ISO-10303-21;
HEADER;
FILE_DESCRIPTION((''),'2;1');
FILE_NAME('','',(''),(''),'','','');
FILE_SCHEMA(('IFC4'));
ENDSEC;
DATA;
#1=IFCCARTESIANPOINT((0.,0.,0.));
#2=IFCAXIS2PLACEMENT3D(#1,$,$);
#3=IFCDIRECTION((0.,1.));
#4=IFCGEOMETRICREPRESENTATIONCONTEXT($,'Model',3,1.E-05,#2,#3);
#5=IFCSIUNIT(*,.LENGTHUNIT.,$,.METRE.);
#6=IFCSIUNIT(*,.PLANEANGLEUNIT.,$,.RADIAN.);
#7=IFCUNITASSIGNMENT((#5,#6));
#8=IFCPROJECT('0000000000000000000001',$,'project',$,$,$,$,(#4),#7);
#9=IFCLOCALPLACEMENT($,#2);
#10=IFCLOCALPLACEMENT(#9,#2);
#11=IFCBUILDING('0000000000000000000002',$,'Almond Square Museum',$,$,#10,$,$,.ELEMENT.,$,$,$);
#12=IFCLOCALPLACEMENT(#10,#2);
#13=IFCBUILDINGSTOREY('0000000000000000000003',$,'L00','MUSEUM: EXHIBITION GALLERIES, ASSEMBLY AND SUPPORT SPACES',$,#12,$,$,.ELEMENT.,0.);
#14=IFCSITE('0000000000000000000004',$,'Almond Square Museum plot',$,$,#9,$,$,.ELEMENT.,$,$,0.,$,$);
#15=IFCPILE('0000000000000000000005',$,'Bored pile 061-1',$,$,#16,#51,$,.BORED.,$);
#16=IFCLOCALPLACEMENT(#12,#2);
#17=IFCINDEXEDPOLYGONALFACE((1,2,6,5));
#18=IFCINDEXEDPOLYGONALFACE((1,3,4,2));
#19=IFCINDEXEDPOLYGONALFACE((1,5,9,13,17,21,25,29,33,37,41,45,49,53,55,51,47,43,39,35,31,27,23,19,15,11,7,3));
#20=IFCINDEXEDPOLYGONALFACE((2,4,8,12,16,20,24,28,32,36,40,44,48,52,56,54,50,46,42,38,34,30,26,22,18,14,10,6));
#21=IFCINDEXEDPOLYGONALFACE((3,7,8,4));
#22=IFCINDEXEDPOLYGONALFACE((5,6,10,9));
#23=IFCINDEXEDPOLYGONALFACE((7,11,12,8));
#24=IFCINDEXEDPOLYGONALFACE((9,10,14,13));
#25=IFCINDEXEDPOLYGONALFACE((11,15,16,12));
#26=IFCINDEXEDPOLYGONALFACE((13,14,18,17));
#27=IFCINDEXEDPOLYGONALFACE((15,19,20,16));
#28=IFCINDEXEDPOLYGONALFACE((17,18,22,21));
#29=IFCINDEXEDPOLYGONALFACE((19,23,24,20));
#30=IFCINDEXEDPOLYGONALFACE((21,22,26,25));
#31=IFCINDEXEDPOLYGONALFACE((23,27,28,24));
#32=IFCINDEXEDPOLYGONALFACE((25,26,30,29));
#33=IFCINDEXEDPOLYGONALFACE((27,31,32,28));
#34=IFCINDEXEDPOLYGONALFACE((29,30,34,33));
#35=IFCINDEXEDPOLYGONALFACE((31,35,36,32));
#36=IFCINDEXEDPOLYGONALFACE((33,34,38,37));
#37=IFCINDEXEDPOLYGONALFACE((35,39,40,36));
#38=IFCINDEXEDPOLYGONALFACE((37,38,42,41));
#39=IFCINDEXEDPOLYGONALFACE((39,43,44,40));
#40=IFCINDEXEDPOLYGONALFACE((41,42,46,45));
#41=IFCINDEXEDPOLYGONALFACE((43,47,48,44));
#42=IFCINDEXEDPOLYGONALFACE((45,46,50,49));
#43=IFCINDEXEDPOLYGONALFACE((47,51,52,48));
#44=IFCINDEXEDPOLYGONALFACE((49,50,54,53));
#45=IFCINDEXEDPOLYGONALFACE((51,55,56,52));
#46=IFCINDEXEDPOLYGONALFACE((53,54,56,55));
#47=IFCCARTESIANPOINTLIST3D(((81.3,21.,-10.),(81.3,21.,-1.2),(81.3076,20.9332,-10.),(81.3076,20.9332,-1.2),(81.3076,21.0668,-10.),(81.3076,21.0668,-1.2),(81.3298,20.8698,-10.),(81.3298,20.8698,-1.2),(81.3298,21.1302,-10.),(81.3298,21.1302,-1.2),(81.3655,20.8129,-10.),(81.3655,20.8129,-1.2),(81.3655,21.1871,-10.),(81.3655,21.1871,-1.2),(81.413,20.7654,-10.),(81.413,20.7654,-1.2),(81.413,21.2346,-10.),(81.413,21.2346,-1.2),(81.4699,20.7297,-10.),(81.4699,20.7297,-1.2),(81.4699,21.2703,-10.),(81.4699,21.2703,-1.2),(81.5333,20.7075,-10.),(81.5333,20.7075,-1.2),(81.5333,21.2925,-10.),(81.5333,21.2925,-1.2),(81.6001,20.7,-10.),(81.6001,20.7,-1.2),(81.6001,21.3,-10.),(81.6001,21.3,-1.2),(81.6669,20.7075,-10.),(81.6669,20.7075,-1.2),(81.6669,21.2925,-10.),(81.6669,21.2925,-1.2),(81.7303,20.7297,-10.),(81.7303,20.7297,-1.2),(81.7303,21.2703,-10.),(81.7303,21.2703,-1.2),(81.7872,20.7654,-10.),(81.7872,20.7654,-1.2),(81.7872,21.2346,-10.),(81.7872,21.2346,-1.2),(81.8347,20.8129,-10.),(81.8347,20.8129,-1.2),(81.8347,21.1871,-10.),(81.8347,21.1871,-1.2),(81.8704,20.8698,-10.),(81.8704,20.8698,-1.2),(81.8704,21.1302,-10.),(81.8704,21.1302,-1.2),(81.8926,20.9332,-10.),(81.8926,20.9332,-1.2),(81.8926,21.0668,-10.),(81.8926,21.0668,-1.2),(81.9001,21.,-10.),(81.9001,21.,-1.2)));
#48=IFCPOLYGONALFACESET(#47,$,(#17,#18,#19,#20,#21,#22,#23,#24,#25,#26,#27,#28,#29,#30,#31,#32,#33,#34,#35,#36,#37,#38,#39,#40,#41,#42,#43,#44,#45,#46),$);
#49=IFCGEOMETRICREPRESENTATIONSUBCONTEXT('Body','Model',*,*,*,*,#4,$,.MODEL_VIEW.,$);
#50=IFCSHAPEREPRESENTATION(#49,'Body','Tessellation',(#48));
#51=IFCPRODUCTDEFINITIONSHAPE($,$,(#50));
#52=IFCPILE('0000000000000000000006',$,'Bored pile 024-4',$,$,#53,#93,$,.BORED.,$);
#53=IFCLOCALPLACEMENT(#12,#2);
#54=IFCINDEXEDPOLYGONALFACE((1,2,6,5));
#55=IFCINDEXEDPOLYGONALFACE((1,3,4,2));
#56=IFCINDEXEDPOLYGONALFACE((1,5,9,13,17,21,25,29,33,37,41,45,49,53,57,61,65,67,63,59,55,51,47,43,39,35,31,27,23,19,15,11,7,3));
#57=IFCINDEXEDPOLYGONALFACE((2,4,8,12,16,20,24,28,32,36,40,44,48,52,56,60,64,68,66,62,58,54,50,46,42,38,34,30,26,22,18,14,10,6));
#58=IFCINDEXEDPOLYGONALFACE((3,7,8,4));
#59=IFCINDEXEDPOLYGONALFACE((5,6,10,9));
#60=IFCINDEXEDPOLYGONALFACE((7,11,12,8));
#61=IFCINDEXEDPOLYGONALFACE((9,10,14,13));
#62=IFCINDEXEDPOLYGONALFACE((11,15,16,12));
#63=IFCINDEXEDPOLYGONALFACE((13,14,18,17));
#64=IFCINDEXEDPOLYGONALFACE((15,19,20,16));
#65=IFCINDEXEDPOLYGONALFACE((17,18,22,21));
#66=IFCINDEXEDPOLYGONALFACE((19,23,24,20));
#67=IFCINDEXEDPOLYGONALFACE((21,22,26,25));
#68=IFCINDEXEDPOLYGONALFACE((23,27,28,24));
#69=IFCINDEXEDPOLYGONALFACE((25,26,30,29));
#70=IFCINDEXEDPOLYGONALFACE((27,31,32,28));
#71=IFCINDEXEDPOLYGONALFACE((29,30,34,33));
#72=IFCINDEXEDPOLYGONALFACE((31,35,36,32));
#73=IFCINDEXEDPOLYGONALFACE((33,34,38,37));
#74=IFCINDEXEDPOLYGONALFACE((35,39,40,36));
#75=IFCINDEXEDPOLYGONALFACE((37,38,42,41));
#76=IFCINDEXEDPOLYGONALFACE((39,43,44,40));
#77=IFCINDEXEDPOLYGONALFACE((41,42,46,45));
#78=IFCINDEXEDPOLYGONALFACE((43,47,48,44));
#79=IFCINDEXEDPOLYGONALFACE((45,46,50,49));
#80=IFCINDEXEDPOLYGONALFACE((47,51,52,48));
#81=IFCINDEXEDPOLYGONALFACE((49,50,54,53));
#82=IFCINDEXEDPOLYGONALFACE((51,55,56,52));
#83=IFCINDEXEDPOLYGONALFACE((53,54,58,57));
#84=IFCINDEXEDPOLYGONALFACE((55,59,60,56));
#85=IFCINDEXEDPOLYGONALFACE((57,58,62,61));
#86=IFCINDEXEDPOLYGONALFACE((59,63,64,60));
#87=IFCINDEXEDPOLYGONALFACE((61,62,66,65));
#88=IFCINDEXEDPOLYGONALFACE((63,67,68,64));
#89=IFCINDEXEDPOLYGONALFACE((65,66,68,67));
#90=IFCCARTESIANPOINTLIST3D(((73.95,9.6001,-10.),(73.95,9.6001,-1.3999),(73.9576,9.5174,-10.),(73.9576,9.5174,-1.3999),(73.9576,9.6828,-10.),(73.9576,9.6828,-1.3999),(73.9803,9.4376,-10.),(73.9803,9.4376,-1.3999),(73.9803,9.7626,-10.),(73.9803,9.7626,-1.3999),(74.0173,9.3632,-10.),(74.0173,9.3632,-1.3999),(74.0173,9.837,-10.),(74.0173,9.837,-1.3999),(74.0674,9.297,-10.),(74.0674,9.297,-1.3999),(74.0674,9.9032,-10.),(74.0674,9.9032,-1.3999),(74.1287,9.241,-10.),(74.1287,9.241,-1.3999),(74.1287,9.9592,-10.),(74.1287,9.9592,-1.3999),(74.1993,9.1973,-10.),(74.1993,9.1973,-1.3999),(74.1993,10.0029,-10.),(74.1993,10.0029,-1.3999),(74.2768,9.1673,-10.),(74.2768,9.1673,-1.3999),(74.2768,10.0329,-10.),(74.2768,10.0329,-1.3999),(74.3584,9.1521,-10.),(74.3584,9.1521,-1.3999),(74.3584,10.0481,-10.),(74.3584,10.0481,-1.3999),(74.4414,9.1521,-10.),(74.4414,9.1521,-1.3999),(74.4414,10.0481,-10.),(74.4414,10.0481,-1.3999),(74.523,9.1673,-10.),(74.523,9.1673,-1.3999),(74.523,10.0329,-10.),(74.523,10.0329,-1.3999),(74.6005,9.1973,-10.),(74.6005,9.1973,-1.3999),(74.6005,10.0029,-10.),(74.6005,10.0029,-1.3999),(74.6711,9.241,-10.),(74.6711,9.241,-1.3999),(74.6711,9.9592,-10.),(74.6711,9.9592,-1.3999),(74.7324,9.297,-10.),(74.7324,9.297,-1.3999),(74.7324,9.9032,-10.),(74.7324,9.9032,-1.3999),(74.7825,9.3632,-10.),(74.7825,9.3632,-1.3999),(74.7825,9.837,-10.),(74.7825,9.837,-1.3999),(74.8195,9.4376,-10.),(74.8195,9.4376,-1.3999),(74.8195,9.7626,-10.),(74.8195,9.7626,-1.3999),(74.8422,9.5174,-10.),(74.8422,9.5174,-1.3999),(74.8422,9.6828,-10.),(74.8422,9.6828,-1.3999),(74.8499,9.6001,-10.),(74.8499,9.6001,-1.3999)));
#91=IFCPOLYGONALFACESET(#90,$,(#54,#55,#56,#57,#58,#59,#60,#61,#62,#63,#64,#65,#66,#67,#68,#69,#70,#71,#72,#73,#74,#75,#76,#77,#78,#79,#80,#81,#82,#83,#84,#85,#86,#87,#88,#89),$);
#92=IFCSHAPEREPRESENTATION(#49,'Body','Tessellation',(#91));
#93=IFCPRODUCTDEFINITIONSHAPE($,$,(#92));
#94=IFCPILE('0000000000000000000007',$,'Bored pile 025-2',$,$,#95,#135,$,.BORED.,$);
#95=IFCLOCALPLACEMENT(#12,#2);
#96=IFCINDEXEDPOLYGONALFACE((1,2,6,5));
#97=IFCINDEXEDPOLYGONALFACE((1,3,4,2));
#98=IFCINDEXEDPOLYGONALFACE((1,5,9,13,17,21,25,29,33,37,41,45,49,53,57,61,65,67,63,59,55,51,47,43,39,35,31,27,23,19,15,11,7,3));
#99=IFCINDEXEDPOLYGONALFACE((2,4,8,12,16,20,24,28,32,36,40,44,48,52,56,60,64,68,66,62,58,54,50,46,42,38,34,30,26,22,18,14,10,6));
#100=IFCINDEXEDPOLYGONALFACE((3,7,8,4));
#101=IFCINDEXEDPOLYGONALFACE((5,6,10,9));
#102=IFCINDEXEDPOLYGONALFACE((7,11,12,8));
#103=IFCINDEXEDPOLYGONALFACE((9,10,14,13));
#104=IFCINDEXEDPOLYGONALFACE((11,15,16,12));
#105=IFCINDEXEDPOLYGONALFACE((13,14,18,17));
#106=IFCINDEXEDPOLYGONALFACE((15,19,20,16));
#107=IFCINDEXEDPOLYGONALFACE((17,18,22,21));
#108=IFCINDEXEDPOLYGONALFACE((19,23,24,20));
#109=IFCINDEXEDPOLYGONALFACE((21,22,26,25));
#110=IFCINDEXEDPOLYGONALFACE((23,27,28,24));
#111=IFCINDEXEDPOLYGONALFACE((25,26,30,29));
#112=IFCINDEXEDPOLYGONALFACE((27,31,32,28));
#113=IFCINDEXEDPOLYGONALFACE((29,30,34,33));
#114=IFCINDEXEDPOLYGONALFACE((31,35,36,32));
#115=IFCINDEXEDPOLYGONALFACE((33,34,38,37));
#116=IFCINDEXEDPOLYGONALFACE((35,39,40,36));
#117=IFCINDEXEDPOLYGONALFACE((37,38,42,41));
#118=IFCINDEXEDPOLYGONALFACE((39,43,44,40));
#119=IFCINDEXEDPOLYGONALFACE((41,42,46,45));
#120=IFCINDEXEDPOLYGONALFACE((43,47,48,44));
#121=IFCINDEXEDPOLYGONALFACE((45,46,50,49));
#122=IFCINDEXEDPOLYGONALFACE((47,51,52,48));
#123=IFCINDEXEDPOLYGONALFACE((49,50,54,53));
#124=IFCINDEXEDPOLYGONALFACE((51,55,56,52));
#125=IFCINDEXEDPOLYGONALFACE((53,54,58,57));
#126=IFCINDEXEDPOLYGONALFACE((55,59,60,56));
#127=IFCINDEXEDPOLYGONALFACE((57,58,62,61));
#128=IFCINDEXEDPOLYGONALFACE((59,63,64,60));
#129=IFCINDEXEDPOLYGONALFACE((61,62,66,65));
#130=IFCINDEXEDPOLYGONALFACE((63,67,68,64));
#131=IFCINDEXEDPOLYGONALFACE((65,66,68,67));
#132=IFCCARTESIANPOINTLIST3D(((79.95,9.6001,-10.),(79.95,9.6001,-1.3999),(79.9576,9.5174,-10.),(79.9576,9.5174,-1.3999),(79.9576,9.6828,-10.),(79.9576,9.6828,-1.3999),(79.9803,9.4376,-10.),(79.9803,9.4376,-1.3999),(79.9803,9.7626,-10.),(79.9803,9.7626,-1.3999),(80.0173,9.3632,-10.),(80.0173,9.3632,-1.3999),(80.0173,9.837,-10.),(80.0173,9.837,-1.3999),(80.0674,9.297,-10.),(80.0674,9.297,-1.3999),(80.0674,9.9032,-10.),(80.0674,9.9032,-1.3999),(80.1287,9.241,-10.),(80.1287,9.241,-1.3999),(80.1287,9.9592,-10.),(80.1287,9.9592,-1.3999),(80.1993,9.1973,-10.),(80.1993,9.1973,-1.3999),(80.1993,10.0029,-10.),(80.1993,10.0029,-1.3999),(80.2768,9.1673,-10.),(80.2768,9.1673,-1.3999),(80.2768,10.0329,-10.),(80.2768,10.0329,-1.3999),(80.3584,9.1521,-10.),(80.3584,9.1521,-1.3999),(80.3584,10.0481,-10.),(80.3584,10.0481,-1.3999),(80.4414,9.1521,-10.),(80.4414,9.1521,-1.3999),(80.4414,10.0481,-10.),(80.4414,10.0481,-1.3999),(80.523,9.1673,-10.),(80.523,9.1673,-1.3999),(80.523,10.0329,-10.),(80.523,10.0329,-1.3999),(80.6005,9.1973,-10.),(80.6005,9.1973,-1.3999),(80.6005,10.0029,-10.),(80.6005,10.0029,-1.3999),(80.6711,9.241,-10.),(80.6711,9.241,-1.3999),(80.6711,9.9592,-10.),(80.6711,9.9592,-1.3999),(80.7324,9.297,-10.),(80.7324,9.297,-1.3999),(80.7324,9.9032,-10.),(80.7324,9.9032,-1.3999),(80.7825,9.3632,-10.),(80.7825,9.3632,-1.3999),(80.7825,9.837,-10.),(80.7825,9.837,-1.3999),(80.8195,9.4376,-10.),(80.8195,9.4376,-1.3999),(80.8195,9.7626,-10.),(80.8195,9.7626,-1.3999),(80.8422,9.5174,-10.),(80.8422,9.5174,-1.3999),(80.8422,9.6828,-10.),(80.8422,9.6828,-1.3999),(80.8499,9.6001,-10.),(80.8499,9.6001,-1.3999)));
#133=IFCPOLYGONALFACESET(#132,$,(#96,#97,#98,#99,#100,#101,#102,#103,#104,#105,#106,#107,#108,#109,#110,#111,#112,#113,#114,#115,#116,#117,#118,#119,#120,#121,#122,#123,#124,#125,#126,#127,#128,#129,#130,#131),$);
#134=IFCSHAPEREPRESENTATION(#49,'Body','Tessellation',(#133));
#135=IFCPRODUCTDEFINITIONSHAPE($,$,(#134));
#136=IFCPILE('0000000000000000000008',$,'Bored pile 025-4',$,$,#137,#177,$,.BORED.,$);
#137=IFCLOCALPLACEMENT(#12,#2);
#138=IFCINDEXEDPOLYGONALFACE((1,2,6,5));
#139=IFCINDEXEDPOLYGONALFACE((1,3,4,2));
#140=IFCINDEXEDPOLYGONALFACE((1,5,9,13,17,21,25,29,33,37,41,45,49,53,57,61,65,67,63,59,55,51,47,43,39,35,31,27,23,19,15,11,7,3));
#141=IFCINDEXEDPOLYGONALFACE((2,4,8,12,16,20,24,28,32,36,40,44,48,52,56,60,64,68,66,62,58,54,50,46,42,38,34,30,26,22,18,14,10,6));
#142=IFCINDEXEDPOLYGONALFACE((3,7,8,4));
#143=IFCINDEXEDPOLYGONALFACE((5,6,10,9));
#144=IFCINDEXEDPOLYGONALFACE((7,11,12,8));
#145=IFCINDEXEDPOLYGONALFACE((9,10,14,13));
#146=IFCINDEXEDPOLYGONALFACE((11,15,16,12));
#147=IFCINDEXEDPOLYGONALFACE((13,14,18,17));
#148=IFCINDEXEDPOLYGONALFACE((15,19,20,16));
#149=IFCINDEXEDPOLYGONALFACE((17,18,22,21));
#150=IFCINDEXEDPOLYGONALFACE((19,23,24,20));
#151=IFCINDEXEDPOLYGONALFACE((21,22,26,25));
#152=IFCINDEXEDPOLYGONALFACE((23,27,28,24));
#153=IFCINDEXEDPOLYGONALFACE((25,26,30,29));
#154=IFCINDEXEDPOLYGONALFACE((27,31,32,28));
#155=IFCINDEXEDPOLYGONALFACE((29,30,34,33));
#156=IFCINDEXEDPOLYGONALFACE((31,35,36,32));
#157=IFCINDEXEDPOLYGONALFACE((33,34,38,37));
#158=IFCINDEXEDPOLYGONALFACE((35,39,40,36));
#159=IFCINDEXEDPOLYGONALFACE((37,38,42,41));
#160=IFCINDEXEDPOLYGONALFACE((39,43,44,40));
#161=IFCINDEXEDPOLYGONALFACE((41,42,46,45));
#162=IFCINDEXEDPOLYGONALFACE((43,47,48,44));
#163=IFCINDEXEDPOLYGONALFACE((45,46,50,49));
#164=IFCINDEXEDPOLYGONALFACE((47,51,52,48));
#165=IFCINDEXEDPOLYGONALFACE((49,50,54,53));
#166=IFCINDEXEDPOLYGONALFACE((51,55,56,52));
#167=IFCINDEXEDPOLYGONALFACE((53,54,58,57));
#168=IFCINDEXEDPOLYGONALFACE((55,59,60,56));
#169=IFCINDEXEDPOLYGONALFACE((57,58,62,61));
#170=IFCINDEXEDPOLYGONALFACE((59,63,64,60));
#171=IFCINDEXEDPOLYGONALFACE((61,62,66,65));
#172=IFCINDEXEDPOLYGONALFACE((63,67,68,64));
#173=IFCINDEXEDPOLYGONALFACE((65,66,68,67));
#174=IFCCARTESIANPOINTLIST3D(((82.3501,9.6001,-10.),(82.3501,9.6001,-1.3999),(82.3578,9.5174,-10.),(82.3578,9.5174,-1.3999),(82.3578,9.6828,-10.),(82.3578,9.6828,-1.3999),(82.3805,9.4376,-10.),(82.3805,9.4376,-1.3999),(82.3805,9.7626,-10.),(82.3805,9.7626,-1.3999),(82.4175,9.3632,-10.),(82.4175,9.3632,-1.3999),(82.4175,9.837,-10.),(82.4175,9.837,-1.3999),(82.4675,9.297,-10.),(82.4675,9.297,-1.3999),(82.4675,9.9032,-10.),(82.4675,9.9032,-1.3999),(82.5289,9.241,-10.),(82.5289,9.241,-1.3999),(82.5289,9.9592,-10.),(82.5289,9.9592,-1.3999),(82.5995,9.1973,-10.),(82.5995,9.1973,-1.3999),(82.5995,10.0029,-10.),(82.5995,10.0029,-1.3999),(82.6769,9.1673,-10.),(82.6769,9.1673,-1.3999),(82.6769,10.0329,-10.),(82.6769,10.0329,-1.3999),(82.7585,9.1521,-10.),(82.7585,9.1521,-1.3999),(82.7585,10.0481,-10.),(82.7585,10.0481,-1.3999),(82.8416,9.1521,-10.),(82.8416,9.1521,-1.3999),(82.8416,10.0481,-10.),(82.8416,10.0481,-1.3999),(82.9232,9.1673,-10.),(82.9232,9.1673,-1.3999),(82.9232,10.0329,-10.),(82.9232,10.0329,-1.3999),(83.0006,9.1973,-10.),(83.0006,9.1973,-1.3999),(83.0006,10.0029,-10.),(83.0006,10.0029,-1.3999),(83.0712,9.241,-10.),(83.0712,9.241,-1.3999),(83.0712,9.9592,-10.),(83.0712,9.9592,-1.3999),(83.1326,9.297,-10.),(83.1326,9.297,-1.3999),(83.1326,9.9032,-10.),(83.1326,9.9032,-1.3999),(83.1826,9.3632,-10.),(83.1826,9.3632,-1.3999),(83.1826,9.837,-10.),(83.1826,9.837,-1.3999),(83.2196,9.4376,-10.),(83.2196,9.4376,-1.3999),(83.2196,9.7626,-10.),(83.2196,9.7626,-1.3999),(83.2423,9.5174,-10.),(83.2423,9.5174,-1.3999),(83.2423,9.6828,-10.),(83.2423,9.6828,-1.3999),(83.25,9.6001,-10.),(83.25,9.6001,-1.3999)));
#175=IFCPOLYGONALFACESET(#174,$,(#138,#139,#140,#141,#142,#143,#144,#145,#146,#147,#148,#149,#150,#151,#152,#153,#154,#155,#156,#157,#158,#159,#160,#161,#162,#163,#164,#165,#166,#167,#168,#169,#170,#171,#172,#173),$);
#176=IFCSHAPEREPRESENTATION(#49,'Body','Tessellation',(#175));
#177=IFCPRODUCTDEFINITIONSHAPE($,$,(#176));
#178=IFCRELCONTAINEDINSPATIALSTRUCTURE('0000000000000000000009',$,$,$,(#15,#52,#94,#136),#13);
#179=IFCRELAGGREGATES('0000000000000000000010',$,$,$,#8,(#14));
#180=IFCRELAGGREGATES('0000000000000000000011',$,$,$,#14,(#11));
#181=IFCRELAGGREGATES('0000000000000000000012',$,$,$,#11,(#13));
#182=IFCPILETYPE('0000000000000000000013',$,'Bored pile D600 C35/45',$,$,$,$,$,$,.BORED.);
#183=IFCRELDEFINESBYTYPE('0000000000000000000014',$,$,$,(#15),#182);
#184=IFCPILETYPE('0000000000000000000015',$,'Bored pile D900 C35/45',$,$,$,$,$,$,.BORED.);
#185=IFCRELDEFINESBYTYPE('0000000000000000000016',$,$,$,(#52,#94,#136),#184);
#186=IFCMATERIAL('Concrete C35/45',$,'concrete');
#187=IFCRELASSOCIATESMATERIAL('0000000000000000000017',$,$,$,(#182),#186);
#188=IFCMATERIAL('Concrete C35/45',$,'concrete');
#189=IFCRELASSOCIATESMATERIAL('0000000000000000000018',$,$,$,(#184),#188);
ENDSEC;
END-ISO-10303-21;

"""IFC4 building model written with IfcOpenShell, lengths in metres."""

from ifc_helpers import new_model, si_unit, direction, frame, origin, origin_2d, place, context, subcontext, project, spatial, circle, extrude, material, material_profile, profile_set, type_object, element, save


model = new_model("IFC4")

# Units and contexts
model_context = context("Model", 3, precision=1e-05, world=origin(), true_north=direction((0.0, 1.0)))
body_context = subcontext(model_context, "Body", "Model", "MODEL_VIEW")
ifc_project = project(units=[si_unit("LENGTHUNIT", "METRE"), si_unit("PLANEANGLEUNIT", "RADIAN")], contexts=[model_context])

# Site, building, storey
site_placement = place(None, origin())
site = spatial("IfcSite", under=ifc_project, at=site_placement, Name="Almond Square Museum plot", CompositionType="ELEMENT", RefElevation=0.0)
building_placement = place(site_placement, origin())
building = spatial("IfcBuilding", under=site, at=building_placement, Name="Almond Square Museum", CompositionType="ELEMENT")
storey_placement = place(building_placement, origin())
storey = spatial("IfcBuildingStorey", under=building, at=storey_placement, Name="L00", Description="MUSEUM: EXHIBITION GALLERIES, ASSEMBLY AND SUPPORT SPACES", CompositionType="ELEMENT", Elevation=0.0)

# Piles
ifc_material_1 = material(Name="Concrete C35/45", Category="concrete")
ifc_material_profile_1 = material_profile(ifc_material_1, circle(Radius=0.3, at=origin_2d()))
ifc_profile_set_1 = profile_set([ifc_material_profile_1], Name="Concrete C35/45")
pile_type_1 = type_object("IfcPileType", Name="Bored pile D600 C35/45", PredefinedType="BORED", material=ifc_profile_set_1)
pile_placement = place(storey_placement, frame((81.6001, 21.0, -1.2), z_axis=(0.0, 0.0, -1.0), x_axis=(1.0, 0.0, 0.0)))
element("IfcPile", 1, at=pile_placement, inside=storey, type_object=pile_type_1, Name="Bored pile 061-1", PredefinedType="BORED", context=body_context, shape_type="SweptSolid", body=[
    extrude(circle(Radius=0.3, at=origin_2d()), origin(), (0.0, 0.0, 1.0), 8.8),
])
ifc_material_2 = material(Name="Concrete C35/45", Category="concrete")
ifc_material_profile_2 = material_profile(ifc_material_2, circle(Radius=0.45, at=origin_2d()))
ifc_profile_set_2 = profile_set([ifc_material_profile_2], Name="Concrete C35/45")
pile_type_2 = type_object("IfcPileType", Name="Bored pile D900 C35/45", PredefinedType="BORED", material=ifc_profile_set_2)
for number, where, z_axis, x_axis, name in (
    (2, (74.3999, 9.6001, -1.3999), (0.0, 0.0, -1.0), (1.0, 0.0, 0.0), "Bored pile 024-4"),
    (3, (80.3999, 9.6001, -1.3999), (0.0, 0.0, -1.0), (1.0, 0.0, 0.0), "Bored pile 025-2"),
    (4, (82.8, 9.6001, -1.3999), (0.0, 0.0, -1.0), (1.0, 0.0, 0.0), "Bored pile 025-4"),
):
    element("IfcPile", number, at=place(storey_placement, frame(where, z_axis=z_axis, x_axis=x_axis)), inside=storey, type_object=pile_type_2, Name=name, PredefinedType="BORED", context=body_context, shape_type="SweptSolid", body=[
        extrude(circle(Radius=0.45, at=origin_2d()), origin(), (0.0, 0.0, 1.0), 8.6001),
    ])

save(model, "model.ifc")
